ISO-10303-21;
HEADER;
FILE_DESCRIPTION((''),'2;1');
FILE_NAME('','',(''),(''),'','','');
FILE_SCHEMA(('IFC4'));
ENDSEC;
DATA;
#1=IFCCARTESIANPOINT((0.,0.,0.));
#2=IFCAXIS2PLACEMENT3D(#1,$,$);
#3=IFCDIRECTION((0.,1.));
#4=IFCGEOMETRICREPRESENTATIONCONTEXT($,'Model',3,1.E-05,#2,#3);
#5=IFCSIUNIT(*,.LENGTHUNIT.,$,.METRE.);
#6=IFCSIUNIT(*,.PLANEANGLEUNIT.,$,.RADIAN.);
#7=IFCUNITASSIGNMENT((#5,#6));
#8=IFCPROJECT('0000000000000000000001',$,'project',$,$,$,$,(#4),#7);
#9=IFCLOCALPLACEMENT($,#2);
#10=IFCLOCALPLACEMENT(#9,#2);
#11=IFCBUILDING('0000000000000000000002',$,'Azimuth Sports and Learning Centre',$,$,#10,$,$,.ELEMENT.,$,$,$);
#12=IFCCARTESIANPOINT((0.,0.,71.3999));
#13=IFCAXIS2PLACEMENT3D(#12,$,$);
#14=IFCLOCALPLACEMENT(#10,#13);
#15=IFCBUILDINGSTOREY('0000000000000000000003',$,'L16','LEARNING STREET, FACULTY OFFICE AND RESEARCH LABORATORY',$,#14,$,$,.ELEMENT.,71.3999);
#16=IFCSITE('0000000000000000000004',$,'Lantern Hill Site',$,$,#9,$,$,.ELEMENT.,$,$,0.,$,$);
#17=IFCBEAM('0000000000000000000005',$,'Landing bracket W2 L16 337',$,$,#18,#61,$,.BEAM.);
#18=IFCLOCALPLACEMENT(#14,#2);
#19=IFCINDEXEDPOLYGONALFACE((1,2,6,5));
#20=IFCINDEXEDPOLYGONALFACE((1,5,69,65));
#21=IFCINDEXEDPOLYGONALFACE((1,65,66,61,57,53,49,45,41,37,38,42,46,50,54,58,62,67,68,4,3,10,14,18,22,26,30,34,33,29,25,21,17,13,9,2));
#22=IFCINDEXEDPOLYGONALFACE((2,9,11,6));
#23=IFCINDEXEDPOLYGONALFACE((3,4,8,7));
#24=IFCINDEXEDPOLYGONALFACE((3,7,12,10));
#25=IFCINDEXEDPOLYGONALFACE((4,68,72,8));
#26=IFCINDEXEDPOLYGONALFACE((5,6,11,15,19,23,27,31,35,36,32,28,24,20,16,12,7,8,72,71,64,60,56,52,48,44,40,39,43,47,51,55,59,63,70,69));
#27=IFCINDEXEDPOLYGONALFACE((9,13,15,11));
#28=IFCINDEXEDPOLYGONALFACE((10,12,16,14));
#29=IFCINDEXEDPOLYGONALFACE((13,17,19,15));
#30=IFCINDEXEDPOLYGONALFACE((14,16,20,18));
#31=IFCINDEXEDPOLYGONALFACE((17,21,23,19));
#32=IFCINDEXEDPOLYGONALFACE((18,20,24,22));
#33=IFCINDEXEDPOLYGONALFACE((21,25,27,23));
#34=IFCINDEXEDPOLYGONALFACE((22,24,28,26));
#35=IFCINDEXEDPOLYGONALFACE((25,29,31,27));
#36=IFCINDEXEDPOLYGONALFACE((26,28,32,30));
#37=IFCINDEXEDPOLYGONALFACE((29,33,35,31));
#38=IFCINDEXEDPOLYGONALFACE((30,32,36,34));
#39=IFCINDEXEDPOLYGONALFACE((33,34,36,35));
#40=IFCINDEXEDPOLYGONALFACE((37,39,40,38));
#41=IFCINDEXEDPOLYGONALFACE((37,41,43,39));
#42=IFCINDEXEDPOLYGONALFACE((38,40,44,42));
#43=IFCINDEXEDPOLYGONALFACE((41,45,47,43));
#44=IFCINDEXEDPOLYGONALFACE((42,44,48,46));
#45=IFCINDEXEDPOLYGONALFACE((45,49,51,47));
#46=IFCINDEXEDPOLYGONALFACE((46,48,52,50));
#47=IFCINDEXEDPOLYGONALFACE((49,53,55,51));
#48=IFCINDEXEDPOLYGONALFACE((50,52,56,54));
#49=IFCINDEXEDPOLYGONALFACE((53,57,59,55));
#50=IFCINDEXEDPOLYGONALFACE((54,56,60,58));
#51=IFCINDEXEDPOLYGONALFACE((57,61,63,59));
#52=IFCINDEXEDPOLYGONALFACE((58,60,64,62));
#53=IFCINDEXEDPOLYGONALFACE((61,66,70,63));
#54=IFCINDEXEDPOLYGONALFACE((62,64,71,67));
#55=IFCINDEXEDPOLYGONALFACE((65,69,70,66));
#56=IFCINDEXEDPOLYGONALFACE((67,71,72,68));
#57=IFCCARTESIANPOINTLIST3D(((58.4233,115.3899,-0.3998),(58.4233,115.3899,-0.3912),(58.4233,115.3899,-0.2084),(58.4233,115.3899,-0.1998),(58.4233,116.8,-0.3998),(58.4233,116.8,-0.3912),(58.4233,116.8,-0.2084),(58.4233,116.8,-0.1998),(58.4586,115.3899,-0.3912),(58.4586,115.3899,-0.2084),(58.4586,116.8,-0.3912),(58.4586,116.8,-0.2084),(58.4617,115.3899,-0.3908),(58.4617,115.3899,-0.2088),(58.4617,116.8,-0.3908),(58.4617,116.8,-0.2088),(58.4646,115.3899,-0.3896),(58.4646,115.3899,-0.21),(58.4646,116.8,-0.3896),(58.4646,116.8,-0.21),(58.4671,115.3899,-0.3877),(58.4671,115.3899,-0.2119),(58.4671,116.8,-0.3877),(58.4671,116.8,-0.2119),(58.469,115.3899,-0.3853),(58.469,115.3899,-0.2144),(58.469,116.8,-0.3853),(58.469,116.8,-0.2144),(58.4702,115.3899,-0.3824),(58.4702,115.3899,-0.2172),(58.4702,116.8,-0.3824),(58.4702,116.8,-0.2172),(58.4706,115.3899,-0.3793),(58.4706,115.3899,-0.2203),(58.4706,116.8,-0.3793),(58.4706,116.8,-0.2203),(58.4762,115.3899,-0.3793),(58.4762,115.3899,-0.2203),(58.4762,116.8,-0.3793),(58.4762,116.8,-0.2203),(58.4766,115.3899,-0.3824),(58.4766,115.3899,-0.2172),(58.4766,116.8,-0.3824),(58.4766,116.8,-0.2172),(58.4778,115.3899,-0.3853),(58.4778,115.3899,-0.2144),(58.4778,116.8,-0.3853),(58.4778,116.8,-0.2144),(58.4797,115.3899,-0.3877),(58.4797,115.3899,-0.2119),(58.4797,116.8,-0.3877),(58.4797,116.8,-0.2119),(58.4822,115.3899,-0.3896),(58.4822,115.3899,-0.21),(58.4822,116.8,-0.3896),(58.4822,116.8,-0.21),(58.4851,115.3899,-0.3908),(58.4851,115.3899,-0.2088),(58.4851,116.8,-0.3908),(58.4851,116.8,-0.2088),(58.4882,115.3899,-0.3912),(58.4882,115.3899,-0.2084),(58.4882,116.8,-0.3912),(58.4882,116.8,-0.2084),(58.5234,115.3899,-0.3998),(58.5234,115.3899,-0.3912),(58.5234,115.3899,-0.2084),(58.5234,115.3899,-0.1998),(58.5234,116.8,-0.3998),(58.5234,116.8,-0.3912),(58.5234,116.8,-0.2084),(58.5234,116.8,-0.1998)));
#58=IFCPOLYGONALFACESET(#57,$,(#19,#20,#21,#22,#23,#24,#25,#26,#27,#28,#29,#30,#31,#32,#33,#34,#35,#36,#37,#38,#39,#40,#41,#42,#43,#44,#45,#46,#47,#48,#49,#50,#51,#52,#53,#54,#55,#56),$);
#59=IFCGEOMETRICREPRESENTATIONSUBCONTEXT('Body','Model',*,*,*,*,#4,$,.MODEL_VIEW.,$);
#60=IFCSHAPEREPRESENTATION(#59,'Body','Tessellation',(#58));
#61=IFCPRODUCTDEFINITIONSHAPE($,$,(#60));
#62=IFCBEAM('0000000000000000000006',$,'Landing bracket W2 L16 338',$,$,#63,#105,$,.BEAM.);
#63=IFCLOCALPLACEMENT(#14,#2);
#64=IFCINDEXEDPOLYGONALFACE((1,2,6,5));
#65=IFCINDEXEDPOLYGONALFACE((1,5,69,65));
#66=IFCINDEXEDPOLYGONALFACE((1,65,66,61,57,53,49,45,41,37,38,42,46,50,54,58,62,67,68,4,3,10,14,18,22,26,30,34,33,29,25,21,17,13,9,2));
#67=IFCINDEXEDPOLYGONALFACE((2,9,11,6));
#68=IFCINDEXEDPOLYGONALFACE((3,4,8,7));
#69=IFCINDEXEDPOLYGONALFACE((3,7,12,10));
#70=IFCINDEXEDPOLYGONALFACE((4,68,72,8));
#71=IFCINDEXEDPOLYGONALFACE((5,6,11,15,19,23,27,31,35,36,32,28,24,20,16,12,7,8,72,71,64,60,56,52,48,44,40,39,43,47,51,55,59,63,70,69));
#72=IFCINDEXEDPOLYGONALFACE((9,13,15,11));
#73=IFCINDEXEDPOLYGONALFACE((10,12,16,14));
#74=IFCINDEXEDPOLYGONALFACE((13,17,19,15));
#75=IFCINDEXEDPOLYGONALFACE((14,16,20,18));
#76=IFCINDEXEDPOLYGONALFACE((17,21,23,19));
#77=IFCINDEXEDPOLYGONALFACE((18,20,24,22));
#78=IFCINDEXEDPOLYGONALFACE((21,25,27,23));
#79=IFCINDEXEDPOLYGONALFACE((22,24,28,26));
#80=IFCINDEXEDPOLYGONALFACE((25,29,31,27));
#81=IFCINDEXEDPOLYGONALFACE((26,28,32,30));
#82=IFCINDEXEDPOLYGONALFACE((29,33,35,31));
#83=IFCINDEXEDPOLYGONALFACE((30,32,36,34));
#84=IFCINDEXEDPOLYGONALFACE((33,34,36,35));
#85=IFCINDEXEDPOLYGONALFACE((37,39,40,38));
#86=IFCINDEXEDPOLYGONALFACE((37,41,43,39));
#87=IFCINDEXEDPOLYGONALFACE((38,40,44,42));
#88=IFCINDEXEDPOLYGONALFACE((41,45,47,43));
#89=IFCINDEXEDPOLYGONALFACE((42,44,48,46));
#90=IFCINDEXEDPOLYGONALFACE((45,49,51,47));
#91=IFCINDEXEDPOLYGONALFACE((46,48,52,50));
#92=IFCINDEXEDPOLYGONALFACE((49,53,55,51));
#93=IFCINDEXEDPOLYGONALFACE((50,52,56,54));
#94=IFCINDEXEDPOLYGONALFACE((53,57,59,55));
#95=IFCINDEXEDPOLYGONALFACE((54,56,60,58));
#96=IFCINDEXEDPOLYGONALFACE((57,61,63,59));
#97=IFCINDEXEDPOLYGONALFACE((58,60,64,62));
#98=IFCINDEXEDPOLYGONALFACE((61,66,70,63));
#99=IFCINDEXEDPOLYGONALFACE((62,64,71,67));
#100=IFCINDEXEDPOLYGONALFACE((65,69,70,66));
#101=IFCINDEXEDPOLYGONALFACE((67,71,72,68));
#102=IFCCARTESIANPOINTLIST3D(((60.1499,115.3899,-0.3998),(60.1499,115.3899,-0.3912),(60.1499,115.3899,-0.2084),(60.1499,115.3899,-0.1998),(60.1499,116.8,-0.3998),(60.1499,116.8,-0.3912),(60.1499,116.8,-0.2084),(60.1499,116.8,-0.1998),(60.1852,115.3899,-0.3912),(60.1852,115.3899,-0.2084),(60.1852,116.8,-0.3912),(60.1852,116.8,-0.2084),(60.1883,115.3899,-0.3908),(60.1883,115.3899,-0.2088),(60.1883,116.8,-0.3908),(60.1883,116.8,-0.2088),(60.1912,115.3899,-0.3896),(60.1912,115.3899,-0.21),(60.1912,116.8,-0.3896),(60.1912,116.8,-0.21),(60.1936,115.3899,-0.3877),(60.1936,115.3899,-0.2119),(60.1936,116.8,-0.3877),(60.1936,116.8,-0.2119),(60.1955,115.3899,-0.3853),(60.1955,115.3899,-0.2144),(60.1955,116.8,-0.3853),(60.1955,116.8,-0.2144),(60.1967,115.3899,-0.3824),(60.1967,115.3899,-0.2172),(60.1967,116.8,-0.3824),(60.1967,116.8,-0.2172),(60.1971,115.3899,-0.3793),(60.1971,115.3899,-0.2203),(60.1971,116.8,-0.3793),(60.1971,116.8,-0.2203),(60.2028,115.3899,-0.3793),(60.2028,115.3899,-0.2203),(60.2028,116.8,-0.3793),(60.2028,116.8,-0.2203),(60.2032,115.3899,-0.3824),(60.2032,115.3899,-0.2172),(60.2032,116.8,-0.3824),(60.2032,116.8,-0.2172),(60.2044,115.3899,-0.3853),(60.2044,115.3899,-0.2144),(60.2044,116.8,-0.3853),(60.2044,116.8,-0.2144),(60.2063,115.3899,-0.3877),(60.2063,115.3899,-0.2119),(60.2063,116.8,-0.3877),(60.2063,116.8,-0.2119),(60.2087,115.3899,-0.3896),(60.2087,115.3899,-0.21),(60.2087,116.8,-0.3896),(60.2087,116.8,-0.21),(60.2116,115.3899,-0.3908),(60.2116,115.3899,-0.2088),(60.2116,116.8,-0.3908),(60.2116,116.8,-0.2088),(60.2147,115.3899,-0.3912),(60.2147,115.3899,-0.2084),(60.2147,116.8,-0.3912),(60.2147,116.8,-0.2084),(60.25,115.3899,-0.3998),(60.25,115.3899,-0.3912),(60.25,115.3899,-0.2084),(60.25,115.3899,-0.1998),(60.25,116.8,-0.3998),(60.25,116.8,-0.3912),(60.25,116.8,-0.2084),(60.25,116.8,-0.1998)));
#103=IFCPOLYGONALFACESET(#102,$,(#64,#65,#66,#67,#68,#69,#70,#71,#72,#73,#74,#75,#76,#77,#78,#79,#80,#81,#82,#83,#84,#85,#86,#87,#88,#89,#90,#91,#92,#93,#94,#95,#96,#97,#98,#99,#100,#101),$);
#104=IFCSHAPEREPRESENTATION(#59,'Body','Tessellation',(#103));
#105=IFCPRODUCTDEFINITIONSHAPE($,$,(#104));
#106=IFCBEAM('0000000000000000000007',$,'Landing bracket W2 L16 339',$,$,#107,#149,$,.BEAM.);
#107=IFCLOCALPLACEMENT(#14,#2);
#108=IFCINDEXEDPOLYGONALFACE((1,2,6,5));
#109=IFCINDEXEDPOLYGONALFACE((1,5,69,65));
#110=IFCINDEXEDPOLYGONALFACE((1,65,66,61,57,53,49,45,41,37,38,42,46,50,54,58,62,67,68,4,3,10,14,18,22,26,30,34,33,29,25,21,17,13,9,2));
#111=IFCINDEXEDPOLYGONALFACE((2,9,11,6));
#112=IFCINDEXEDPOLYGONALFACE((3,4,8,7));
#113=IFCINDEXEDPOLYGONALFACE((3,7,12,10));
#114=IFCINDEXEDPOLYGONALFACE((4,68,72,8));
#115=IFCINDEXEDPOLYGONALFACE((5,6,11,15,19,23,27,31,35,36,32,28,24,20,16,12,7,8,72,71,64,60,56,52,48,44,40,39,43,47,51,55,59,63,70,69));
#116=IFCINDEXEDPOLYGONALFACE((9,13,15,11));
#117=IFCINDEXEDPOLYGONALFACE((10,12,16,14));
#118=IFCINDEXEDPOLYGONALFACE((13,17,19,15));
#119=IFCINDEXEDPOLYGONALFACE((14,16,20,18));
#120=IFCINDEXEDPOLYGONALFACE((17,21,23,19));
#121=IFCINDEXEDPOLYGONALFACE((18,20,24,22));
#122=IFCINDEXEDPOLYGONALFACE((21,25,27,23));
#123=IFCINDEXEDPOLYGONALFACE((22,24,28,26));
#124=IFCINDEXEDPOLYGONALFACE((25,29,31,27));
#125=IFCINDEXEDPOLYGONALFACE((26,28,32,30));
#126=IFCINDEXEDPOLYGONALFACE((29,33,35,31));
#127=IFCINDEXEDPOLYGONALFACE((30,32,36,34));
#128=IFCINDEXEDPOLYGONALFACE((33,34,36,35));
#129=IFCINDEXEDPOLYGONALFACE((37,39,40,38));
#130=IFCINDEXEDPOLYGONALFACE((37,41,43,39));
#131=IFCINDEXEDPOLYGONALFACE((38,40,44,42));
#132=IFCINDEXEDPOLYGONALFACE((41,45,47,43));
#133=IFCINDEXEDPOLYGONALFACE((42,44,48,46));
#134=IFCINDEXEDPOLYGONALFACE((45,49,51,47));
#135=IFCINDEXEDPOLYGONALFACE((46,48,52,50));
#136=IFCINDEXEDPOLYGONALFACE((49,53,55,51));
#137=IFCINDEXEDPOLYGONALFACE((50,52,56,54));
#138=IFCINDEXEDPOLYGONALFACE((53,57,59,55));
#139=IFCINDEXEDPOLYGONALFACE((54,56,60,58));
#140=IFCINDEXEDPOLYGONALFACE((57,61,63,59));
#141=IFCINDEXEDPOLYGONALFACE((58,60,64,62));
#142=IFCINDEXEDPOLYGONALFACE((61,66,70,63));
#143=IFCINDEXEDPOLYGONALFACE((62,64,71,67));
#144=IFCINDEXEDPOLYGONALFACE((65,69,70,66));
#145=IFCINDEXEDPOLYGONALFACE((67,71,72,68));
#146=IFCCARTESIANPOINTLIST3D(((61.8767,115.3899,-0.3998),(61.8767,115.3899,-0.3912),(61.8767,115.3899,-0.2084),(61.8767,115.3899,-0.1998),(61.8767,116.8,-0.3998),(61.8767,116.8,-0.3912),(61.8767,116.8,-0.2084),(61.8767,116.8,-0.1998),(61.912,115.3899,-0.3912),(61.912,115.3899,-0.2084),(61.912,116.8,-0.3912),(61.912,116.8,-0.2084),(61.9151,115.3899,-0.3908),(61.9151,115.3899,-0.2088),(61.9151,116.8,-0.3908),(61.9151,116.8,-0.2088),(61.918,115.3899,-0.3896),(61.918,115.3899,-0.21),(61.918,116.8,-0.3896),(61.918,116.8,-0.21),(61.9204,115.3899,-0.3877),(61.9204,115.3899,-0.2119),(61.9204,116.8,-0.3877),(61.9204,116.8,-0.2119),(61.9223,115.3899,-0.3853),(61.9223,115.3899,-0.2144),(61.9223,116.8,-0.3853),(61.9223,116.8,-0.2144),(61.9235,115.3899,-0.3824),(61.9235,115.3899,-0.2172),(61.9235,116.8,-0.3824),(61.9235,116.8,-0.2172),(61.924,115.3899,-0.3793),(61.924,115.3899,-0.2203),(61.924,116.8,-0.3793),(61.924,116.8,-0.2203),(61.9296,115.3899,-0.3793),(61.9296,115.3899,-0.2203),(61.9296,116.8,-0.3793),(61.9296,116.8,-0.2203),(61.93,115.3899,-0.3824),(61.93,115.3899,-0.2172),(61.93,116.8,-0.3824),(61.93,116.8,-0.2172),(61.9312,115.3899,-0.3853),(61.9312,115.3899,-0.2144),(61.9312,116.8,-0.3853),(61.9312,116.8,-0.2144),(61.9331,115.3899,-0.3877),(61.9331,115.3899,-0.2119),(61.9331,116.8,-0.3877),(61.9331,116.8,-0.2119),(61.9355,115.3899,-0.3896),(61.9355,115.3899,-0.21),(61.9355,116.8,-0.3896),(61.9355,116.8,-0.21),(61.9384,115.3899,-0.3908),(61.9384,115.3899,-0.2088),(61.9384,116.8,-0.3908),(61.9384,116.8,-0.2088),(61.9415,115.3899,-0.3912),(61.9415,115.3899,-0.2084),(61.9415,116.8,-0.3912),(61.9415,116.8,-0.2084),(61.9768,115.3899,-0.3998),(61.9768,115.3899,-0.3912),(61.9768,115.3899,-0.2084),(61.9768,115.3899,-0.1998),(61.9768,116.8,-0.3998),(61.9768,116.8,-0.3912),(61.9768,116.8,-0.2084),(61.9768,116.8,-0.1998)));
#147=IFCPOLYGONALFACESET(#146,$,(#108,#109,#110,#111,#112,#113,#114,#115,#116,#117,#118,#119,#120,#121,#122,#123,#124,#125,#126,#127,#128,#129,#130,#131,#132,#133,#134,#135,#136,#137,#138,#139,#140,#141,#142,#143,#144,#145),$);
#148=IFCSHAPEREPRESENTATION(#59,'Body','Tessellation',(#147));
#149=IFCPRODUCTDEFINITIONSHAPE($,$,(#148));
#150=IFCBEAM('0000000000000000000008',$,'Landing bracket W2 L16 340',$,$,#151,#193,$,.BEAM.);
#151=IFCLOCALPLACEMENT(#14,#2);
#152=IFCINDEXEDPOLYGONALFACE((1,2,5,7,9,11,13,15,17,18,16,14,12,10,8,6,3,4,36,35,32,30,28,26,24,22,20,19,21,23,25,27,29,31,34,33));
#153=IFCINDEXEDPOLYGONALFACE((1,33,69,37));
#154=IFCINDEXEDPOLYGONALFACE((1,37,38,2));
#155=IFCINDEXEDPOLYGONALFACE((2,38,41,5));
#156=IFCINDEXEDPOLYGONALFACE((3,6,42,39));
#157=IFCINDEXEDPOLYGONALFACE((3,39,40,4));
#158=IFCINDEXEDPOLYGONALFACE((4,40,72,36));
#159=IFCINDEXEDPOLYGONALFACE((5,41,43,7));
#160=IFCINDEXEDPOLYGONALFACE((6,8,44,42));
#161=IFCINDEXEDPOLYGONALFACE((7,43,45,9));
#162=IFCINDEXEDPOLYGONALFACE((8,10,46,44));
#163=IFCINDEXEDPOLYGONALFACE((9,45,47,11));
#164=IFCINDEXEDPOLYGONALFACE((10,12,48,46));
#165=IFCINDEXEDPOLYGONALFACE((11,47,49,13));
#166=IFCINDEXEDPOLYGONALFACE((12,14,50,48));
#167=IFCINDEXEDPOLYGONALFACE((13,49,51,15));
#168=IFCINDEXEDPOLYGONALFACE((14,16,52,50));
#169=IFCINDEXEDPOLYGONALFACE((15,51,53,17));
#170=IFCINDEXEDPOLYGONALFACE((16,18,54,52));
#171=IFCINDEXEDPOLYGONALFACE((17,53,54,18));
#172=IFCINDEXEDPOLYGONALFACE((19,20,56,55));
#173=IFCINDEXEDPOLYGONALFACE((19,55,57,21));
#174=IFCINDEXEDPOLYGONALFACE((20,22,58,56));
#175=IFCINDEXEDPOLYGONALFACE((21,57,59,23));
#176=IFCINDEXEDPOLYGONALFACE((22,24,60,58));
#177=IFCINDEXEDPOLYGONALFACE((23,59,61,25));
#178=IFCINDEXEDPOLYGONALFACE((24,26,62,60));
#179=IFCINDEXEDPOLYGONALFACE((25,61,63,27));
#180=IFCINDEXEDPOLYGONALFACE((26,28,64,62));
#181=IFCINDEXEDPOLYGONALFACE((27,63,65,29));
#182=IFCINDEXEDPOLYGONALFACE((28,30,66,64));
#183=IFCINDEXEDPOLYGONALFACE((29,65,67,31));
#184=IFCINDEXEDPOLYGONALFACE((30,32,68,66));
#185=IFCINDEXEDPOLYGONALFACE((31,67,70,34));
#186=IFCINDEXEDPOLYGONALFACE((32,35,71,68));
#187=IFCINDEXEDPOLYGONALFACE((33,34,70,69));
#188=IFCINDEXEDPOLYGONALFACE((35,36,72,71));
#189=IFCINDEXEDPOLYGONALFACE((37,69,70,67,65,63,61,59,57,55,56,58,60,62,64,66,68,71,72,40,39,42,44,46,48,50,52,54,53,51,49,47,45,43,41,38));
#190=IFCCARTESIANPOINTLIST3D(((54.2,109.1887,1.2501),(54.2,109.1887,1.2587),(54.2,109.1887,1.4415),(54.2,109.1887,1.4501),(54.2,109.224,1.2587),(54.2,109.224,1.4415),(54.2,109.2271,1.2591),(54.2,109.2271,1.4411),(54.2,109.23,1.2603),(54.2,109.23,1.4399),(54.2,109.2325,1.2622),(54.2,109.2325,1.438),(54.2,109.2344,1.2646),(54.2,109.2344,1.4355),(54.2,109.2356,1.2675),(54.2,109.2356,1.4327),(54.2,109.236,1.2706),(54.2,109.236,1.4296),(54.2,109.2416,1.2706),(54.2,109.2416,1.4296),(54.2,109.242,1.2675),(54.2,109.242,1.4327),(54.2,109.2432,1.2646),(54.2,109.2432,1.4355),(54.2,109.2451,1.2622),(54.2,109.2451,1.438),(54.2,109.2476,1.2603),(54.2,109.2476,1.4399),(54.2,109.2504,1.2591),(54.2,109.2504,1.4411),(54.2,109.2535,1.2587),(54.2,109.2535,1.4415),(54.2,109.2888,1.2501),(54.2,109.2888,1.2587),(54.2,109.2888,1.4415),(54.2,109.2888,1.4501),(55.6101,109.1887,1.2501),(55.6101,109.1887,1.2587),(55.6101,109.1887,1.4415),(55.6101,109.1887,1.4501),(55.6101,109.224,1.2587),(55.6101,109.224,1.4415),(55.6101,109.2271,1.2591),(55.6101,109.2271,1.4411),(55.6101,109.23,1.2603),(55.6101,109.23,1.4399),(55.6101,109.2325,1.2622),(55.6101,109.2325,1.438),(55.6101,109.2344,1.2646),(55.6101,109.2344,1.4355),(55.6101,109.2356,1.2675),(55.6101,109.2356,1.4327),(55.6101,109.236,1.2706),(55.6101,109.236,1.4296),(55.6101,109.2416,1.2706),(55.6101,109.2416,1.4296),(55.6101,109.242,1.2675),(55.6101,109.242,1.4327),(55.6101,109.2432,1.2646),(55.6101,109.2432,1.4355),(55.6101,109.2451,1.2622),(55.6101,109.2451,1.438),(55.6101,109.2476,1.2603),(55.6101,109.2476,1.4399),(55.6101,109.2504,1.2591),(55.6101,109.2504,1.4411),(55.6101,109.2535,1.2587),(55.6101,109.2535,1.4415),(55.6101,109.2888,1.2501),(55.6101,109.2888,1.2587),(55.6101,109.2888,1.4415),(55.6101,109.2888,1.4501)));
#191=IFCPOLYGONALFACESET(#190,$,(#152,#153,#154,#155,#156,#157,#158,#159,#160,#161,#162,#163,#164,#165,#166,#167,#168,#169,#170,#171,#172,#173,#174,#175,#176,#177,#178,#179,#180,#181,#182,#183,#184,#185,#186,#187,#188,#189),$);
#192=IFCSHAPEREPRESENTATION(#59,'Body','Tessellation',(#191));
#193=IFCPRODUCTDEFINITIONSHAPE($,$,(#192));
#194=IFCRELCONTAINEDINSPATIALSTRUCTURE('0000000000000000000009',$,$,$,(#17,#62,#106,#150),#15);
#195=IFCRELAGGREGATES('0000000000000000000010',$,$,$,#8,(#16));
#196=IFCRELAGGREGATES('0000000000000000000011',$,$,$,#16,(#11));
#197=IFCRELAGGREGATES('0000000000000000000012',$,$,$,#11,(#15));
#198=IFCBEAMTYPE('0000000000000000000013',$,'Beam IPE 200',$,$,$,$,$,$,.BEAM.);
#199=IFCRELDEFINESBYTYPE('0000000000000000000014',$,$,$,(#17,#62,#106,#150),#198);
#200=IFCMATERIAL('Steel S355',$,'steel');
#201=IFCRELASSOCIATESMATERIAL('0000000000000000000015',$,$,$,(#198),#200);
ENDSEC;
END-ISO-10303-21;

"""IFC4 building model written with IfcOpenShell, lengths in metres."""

from ifc_helpers import new_model, si_unit, direction, frame, origin, origin_2d, place, context, subcontext, project, spatial, i_section, extrude, material, material_profile, profile_set, type_object, element, save


model = new_model("IFC4")

# Units and contexts
model_context = context("Model", 3, precision=1e-05, world=origin(), true_north=direction((0.0, 1.0)))
body_context = subcontext(model_context, "Body", "Model", "MODEL_VIEW")
ifc_project = project(units=[si_unit("LENGTHUNIT", "METRE"), si_unit("PLANEANGLEUNIT", "RADIAN")], contexts=[model_context])

# Site, building, storey
site_placement = place(None, origin())
site = spatial("IfcSite", under=ifc_project, at=site_placement, Name="Lantern Hill Site", CompositionType="ELEMENT", RefElevation=0.0)
building_placement = place(site_placement, origin())
building = spatial("IfcBuilding", under=site, at=building_placement, Name="Azimuth Sports and Learning Centre", CompositionType="ELEMENT")
storey_placement = place(building_placement, frame((0.0, 0.0, 71.3999)))
storey = spatial("IfcBuildingStorey", under=building, at=storey_placement, Name="L16", Description="LEARNING STREET, FACULTY OFFICE AND RESEARCH LABORATORY", CompositionType="ELEMENT", Elevation=71.3999)

# Beams
ifc_material_1 = material(Name="Steel S355", Category="steel")
ifc_material_profile = material_profile(ifc_material_1, i_section(OverallWidth=0.1001, OverallDepth=0.2, WebThickness=0.0056, FlangeThickness=0.0085, FilletRadius=0.012, at=origin_2d()), Name="IPE 200")
ifc_profile_set = profile_set([ifc_material_profile], Name="Steel S355")
beam_type = type_object("IfcBeamType", Name="Beam IPE 200", PredefinedType="BEAM", material=ifc_profile_set)
for number, where, z_axis, x_axis, name in (
    (1, (58.4734, 116.8, -0.2998), (0.0, -1.0, 0.0), (1.0, 0.0, 0.0), "Landing bracket W2 L16 337"),
    (2, (60.2, 116.8, -0.2998), (0.0, -1.0, 0.0), (1.0, 0.0, 0.0), "Landing bracket W2 L16 338"),
    (3, (61.9268, 116.8, -0.2998), (0.0, -1.0, 0.0), (1.0, 0.0, 0.0), "Landing bracket W2 L16 339"),
    (4, (54.2, 109.2388, 1.3501), (1.0, 0.0, 0.0), (0.0, 1.0, 0.0), "Landing bracket W2 L16 340"),
):
    element("IfcBeam", number, at=place(storey_placement, frame(where, z_axis=z_axis, x_axis=x_axis)), inside=storey, type_object=beam_type, Name=name, PredefinedType="BEAM", context=body_context, shape_type="SweptSolid", body=[
        extrude(i_section(OverallWidth=0.1001, OverallDepth=0.2, WebThickness=0.0056, FlangeThickness=0.0085, FilletRadius=0.012, at=origin_2d()), origin(), (0.0, 0.0, 1.0), 1.4102),
    ])

save(model, "model.ifc")
